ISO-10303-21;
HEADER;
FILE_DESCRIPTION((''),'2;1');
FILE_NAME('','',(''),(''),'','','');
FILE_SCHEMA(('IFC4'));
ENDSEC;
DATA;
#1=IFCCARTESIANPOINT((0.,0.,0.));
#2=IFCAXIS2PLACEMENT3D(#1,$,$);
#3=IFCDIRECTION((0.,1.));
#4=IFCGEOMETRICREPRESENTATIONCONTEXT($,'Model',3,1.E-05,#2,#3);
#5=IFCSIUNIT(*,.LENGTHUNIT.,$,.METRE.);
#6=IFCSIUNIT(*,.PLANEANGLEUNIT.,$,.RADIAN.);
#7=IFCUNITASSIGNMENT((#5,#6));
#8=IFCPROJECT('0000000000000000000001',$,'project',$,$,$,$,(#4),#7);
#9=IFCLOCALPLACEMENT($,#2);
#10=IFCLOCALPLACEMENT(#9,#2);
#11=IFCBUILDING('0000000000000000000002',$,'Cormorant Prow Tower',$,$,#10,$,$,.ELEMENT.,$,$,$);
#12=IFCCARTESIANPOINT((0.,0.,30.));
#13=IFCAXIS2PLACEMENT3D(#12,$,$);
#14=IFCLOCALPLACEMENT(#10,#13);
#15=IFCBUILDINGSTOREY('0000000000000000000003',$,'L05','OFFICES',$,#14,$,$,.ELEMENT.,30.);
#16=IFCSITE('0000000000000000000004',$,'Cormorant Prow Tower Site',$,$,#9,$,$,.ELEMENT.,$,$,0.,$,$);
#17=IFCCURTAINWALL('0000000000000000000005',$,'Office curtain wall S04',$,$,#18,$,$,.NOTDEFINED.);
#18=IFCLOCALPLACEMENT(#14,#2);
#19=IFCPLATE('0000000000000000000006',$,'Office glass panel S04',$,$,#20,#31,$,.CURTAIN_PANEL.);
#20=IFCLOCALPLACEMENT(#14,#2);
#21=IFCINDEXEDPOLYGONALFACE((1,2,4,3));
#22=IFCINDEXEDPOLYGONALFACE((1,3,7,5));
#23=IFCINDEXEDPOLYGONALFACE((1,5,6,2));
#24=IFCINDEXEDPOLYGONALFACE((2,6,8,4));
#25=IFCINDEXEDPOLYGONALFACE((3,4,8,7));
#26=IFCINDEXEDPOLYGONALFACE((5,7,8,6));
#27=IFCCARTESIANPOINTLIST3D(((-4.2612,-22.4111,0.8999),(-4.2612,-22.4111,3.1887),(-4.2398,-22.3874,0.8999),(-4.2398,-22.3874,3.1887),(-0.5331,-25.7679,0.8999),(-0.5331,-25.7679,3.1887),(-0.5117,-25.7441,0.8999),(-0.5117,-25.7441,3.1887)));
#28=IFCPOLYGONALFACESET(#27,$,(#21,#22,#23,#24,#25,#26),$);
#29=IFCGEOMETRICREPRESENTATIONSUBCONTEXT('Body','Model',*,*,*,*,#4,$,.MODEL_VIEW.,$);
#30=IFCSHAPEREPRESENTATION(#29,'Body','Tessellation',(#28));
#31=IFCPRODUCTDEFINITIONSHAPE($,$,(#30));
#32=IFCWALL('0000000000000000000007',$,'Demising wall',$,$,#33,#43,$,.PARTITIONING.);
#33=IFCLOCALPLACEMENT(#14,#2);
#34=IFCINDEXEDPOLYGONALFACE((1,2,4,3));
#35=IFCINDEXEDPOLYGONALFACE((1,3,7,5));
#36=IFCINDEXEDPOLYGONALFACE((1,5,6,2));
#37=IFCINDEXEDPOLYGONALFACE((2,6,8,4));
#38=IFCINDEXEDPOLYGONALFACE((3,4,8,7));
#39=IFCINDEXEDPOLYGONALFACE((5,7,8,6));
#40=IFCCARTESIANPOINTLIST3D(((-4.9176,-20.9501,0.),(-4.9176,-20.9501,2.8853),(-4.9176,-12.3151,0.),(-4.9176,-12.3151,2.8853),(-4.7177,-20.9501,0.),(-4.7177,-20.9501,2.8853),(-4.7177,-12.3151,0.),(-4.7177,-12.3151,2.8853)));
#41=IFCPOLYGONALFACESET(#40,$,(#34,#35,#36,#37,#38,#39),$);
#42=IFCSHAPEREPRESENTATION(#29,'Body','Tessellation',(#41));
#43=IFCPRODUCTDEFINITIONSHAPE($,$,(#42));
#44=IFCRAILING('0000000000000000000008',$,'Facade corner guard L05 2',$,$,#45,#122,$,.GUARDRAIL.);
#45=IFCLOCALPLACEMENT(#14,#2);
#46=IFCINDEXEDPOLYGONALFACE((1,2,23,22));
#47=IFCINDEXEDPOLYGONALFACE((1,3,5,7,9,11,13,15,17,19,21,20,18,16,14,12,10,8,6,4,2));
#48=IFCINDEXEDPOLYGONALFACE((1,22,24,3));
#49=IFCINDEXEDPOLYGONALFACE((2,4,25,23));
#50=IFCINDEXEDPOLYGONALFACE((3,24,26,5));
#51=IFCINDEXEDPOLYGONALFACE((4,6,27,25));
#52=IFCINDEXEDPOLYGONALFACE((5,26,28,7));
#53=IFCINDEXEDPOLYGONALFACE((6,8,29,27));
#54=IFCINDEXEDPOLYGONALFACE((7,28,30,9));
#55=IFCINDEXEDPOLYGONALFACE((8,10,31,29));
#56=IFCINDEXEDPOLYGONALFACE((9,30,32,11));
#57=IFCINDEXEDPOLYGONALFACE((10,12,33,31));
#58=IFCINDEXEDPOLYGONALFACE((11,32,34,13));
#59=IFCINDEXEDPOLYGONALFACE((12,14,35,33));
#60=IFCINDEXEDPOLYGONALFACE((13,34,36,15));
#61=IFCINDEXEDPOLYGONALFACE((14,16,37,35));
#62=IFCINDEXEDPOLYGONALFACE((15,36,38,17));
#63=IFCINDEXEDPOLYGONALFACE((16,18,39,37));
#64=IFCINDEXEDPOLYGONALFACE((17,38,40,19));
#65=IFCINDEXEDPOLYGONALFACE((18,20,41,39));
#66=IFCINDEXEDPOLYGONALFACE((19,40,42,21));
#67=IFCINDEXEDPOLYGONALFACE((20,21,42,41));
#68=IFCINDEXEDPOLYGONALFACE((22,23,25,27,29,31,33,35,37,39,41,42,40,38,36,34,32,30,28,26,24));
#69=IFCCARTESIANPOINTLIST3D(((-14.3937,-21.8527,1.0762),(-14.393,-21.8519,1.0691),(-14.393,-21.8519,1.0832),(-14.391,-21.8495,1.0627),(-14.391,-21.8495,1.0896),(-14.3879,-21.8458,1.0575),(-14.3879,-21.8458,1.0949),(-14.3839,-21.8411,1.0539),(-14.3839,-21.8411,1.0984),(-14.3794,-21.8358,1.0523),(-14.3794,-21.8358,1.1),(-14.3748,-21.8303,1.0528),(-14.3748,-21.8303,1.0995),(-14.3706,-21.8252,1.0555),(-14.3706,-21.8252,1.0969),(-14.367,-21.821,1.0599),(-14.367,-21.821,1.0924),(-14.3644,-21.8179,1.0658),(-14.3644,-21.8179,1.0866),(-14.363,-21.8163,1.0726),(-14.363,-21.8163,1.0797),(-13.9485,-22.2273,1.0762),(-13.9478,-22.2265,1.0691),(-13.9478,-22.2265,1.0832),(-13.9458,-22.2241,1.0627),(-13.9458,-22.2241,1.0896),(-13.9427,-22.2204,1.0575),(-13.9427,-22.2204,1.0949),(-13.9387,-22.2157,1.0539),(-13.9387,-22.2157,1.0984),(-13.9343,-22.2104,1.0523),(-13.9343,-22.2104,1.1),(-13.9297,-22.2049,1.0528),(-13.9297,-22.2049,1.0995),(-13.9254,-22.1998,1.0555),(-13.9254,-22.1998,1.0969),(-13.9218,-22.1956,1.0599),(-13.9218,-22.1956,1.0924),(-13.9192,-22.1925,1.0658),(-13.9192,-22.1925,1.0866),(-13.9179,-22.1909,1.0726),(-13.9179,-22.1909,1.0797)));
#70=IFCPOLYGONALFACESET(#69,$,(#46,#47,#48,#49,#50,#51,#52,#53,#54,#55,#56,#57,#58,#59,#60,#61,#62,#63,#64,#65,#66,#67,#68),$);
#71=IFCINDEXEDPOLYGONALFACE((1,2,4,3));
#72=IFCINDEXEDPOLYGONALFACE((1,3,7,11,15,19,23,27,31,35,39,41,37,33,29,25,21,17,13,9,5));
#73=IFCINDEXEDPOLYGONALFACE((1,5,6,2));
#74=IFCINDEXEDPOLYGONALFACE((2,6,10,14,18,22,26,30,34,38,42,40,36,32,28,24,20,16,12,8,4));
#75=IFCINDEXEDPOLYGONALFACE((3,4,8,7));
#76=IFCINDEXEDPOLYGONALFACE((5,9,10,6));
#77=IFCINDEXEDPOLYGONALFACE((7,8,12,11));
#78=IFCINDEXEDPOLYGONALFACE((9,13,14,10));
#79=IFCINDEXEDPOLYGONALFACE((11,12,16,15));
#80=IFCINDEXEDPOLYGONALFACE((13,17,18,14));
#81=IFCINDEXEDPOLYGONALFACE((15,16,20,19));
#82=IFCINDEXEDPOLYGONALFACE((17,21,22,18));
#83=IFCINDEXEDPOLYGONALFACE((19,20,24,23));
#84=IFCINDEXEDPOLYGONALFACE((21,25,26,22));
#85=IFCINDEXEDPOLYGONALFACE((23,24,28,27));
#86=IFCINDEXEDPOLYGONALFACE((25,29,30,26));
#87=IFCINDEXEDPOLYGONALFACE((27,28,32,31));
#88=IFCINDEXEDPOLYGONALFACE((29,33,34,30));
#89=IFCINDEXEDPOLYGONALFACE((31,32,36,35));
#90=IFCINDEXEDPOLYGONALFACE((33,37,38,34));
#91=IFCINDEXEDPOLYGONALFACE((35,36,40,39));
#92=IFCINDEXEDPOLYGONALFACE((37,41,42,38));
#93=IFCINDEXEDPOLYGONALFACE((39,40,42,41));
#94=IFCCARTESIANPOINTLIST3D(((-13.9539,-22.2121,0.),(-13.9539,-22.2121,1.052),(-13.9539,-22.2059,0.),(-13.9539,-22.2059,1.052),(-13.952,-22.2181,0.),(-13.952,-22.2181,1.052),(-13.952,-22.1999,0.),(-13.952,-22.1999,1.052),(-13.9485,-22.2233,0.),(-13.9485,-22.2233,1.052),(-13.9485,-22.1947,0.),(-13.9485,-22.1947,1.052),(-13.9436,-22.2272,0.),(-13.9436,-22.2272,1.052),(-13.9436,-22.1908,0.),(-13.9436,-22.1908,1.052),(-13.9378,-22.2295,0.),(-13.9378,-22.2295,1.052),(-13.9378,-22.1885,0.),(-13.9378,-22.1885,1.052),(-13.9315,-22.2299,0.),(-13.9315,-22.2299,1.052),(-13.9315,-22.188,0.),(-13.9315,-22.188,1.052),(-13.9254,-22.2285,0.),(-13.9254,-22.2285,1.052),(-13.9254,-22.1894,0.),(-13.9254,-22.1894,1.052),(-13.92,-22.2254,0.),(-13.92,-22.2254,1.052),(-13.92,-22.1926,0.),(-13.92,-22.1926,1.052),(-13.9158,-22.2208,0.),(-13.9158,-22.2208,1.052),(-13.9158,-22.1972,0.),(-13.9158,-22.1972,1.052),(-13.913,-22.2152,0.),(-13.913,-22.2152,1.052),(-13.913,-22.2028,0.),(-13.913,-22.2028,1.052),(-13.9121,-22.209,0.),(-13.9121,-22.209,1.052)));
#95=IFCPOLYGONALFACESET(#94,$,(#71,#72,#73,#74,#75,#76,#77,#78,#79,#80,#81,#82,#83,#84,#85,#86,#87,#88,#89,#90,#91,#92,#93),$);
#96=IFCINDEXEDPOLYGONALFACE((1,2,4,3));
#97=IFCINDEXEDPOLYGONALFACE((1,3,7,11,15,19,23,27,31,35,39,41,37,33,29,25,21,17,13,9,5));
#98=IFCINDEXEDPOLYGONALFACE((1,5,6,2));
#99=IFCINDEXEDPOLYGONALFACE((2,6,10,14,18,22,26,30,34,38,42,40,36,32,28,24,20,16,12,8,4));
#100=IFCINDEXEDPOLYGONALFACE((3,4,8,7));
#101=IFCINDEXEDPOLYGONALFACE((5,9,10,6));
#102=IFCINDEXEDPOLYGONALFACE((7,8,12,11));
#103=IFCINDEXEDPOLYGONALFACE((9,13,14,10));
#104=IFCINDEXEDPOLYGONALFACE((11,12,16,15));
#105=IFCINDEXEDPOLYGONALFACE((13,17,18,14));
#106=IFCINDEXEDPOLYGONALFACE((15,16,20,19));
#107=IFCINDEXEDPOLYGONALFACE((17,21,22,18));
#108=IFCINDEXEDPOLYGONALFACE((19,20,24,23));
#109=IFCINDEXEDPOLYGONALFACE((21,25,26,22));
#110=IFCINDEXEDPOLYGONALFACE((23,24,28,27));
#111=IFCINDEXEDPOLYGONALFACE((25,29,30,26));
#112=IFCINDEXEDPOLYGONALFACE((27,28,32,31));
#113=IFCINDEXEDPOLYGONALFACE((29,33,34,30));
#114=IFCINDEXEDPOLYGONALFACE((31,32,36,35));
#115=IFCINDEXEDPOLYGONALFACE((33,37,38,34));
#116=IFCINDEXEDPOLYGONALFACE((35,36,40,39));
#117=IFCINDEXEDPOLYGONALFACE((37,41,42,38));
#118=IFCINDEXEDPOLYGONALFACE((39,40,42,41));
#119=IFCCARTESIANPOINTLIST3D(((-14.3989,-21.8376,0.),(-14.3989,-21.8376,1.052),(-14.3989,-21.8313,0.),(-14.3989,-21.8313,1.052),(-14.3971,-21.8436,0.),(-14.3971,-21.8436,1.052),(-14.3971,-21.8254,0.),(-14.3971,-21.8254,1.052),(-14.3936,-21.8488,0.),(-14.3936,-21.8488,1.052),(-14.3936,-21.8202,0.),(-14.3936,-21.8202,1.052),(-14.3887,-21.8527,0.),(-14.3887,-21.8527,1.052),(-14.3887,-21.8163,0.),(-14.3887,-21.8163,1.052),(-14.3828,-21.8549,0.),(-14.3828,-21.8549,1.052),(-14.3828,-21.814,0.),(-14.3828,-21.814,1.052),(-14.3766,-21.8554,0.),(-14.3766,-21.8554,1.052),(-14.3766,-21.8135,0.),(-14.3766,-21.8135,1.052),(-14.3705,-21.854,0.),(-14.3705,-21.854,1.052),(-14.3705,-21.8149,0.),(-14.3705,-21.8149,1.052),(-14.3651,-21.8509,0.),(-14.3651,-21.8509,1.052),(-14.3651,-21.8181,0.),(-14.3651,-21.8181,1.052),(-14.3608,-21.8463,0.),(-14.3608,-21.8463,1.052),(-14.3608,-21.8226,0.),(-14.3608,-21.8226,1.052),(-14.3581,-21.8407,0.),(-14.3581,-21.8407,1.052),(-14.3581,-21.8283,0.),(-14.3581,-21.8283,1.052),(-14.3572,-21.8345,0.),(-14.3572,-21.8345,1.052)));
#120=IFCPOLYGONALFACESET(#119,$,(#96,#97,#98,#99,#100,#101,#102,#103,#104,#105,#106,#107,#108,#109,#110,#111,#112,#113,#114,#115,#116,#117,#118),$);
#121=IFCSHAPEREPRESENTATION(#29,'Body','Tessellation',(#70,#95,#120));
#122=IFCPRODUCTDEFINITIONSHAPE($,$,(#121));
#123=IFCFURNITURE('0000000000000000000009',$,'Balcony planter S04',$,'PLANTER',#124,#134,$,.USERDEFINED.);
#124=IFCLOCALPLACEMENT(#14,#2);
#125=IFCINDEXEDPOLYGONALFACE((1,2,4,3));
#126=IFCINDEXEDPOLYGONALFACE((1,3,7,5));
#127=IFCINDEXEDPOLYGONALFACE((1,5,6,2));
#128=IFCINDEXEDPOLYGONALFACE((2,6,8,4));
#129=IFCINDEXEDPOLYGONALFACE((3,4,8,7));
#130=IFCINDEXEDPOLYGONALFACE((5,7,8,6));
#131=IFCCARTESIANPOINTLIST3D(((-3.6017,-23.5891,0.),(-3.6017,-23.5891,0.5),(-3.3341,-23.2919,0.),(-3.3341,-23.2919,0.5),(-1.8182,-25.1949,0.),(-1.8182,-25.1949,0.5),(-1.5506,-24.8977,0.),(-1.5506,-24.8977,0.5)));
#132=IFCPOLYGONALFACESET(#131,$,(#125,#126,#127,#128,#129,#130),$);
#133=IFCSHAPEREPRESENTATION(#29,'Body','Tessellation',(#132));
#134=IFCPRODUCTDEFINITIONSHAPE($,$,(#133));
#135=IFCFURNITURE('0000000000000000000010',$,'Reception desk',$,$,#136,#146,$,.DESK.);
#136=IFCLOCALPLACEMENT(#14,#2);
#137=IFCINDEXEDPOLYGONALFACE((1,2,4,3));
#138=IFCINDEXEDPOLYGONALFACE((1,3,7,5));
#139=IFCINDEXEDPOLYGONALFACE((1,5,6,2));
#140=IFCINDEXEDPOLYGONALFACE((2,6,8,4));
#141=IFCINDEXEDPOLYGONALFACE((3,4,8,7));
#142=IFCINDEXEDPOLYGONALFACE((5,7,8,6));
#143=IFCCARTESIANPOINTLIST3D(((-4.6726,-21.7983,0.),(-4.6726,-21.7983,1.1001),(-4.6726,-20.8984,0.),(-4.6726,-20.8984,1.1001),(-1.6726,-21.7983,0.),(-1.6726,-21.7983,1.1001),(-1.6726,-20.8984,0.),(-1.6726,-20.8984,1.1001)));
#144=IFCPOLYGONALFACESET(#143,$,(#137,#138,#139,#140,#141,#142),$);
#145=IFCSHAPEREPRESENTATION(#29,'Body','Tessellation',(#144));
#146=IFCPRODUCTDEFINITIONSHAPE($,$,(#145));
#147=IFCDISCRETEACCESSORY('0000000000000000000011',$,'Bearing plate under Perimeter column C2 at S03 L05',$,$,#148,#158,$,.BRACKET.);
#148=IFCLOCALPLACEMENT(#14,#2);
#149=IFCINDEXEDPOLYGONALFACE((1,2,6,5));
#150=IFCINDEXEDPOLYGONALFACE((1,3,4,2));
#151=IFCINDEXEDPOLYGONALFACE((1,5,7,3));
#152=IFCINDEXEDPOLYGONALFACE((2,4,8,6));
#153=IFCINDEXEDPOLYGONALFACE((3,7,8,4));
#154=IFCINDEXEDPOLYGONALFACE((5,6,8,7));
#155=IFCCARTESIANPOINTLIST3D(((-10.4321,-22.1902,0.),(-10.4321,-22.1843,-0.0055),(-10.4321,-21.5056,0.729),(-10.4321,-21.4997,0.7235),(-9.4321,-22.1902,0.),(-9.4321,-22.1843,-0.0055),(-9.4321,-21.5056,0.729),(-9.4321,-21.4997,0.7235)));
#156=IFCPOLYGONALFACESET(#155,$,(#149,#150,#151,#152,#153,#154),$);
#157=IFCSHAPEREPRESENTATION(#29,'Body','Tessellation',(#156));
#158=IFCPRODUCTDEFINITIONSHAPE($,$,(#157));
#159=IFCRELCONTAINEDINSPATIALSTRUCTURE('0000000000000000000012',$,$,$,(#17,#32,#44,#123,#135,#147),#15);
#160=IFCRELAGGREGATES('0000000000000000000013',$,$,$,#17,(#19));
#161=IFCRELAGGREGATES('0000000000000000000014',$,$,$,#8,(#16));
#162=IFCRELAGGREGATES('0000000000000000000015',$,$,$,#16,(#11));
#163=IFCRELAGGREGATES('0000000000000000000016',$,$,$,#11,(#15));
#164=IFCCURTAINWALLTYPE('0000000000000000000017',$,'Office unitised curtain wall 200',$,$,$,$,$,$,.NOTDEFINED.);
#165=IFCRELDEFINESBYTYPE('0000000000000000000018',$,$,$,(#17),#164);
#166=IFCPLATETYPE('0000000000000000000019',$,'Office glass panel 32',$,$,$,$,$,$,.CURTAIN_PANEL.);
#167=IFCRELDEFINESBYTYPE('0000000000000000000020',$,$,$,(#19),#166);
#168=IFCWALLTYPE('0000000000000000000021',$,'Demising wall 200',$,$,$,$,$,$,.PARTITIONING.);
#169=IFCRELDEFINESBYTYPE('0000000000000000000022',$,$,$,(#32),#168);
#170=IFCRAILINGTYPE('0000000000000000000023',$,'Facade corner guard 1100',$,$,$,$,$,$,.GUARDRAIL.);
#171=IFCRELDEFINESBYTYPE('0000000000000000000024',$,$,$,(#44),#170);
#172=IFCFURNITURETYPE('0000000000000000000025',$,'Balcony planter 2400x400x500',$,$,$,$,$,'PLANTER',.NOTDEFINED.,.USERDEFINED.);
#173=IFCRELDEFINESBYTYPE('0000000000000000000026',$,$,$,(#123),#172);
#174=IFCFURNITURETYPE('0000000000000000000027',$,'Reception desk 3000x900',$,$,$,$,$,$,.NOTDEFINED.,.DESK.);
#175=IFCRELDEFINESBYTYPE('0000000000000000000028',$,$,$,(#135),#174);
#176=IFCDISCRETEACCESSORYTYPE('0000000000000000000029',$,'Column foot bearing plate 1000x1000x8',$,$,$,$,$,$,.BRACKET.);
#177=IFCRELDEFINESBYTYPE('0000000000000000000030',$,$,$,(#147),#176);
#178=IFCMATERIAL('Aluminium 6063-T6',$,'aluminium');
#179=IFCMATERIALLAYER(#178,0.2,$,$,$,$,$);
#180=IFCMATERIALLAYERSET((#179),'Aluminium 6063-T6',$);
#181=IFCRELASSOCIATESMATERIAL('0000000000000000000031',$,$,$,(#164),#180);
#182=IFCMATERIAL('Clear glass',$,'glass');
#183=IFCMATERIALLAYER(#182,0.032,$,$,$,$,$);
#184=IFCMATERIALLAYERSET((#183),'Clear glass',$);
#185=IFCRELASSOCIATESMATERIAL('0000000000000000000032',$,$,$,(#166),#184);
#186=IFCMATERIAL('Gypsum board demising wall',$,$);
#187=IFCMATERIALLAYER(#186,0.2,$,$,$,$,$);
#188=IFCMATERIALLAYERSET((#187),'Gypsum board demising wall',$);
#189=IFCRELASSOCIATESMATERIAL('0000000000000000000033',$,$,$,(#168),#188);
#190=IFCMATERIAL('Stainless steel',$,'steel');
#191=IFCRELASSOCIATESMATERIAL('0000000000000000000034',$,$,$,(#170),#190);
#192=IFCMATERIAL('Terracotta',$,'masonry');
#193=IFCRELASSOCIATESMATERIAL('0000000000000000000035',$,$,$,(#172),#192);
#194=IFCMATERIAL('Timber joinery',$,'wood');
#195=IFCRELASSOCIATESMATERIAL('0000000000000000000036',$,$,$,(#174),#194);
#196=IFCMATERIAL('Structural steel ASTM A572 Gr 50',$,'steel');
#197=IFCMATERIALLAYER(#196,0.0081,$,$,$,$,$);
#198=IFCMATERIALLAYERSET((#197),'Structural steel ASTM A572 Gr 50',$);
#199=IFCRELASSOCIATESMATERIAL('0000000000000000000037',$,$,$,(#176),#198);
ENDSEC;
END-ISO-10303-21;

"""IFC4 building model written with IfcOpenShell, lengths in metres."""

from ifc_helpers import new_model, si_unit, direction, frame, frame_2d, origin, origin_2d, place, context, subcontext, project, spatial, polyline, rectangle, circle, outline, extrude, material, layer, layer_set, type_object, element, aggregate, save


model = new_model("IFC4")

# Units and contexts
model_context = context("Model", 3, precision=1e-05, world=origin(), true_north=direction((0.0, 1.0)))
body_context = subcontext(model_context, "Body", "Model", "MODEL_VIEW")
ifc_project = project(units=[si_unit("LENGTHUNIT", "METRE"), si_unit("PLANEANGLEUNIT", "RADIAN")], contexts=[model_context])

# Site, building, storey
site_placement = place(None, origin())
site = spatial("IfcSite", under=ifc_project, at=site_placement, Name="Cormorant Prow Tower Site", CompositionType="ELEMENT", RefElevation=0.0)
building_placement = place(site_placement, origin())
building = spatial("IfcBuilding", under=site, at=building_placement, Name="Cormorant Prow Tower", CompositionType="ELEMENT")
storey_placement = place(building_placement, frame((0.0, 0.0, 30.0)))
storey = spatial("IfcBuildingStorey", under=building, at=storey_placement, Name="L05", Description="OFFICES", CompositionType="ELEMENT", Elevation=30.0)

# Curtain wall
ifc_material_1 = material(Name="Aluminium 6063-T6", Category="aluminium")
ifc_layer_1 = layer(ifc_material_1, 0.2)
ifc_layer_set_1 = layer_set([ifc_layer_1], Name="Aluminium 6063-T6")
curtain_wall_type = type_object("IfcCurtainWallType", Name="Office unitised curtain wall 200", PredefinedType="NOTDEFINED", material=ifc_layer_set_1)
curtain_wall_1_placement = place(storey_placement, origin())
curtain_wall_1 = element("IfcCurtainWall", 1, at=curtain_wall_1_placement, inside=storey, type_object=curtain_wall_type, Name="Office curtain wall S04", PredefinedType="NOTDEFINED")

# Plate
ifc_material_2 = material(Name="Clear glass", Category="glass")
ifc_layer_2 = layer(ifc_material_2, 0.032)
ifc_layer_set_2 = layer_set([ifc_layer_2], Name="Clear glass")
plate_type = type_object("IfcPlateType", Name="Office glass panel 32", PredefinedType="CURTAIN_PANEL", material=ifc_layer_set_2)
plate_1_placement = place(storey_placement, frame((-2.3865, -24.0776, 0.8999), z_axis=(0.0, 0.0, 1.0), x_axis=(0.743145, -0.669131, 0.0)))
plate_1 = element("IfcPlate", 2, at=plate_1_placement, type_object=plate_type, Name="Office glass panel S04", PredefinedType="CURTAIN_PANEL", context=body_context, shape_type="SweptSolid", body=[
    extrude(rectangle(XDim=5.0166, YDim=0.032, at=origin_2d()), origin(), (0.0, 0.0, 1.0), 2.2888),
])
aggregate(curtain_wall_1, [plate_1])

# Wall
ifc_material_3 = material(Name="Gypsum board demising wall")
ifc_layer_3 = layer(ifc_material_3, 0.2)
ifc_layer_set_3 = layer_set([ifc_layer_3], Name="Gypsum board demising wall")
wall_type_1 = type_object("IfcWallType", Name="Demising wall 200", PredefinedType="PARTITIONING", material=ifc_layer_set_3)
wall_1_placement = place(storey_placement, frame((-4.8176, -20.95, 0.0), z_axis=(0.0, 0.0, 1.0), x_axis=(0.0, 1.0, 0.0)))
element("IfcWall", 3, at=wall_1_placement, inside=storey, type_object=wall_type_1, Name="Demising wall", PredefinedType="PARTITIONING", context=body_context, shape_type="SweptSolid", body=[
    extrude(rectangle(XDim=8.635, YDim=0.2, at=frame_2d((4.3174, 0.0))), origin(), (0.0, 0.0, 1.0), 2.8853),
])

# Railing
ifc_material_4 = material(Name="Stainless steel", Category="steel")
railing_type = type_object("IfcRailingType", Name="Facade corner guard 1100", PredefinedType="GUARDRAIL", material=ifc_material_4)
railing_placement = place(storey_placement, frame((-13.9331, -22.209, 0.0)))
element("IfcRailing", 4, at=railing_placement, inside=storey, type_object=railing_type, Name="Facade corner guard L05 2", PredefinedType="GUARDRAIL", context=body_context, shape_type="SweptSolid", body=[
    extrude(circle(Radius=0.0239, at=origin_2d()), frame((0.0, 0.0, 1.0762), z_axis=(-0.765151, 0.643851, 0.0), x_axis=(-0.643851, -0.765151, 0.0)), (0.0, 0.0, 1.0), 0.5818),
    extrude(circle(Radius=0.021, at=origin_2d()), origin(), (0.0, 0.0, 1.0), 1.052),
    extrude(circle(Radius=0.021, at=origin_2d()), frame((-0.4451, 0.3745, 0.0)), (0.0, 0.0, 1.0), 1.052),
])

# Furniture
ifc_material_5 = material(Name="Terracotta", Category="masonry")
furniture_type_1 = type_object("IfcFurnitureType", Name="Balcony planter 2400x400x500", ElementType="PLANTER", AssemblyPlace="NOTDEFINED", PredefinedType="USERDEFINED", material=ifc_material_5)
furniture_1_placement = place(storey_placement, frame((-2.5762, -24.2434, 0.0), z_axis=(0.0, 0.0, 1.0), x_axis=(0.743145, -0.669131, 0.0)))
element("IfcFurniture", 5, at=furniture_1_placement, inside=storey, type_object=furniture_type_1, Name="Balcony planter S04", ObjectType="PLANTER", PredefinedType="USERDEFINED", context=body_context, shape_type="SweptSolid", body=[
    extrude(rectangle(XDim=2.3999, YDim=0.3999, at=origin_2d()), origin(), (0.0, 0.0, 1.0), 0.5),
])
ifc_material_6 = material(Name="Timber joinery", Category="wood")
furniture_type_2 = type_object("IfcFurnitureType", Name="Reception desk 3000x900", AssemblyPlace="NOTDEFINED", PredefinedType="DESK", material=ifc_material_6)
furniture_2_placement = place(storey_placement, frame((-3.1726, -21.3484, 0.0), z_axis=(0.0, 0.0, 1.0), x_axis=(1.0, 0.0, 0.0)))
element("IfcFurniture", 6, at=furniture_2_placement, inside=storey, type_object=furniture_type_2, Name="Reception desk", PredefinedType="DESK", context=body_context, shape_type="SweptSolid", body=[
    extrude(rectangle(XDim=3.0, YDim=0.8999, at=origin_2d()), origin(), (0.0, 0.0, 1.0), 1.1001),
])

# Discrete accessory
ifc_material_7 = material(Name="Structural steel ASTM A572 Gr 50", Category="steel")
ifc_layer_4 = layer(ifc_material_7, 0.0081)
ifc_layer_set_4 = layer_set([ifc_layer_4], Name="Structural steel ASTM A572 Gr 50")
discrete_accessory_type = type_object("IfcDiscreteAccessoryType", Name="Column foot bearing plate 1000x1000x8", PredefinedType="BRACKET", material=ifc_layer_set_4)
discrete_accessory_placement = place(storey_placement, frame((-9.4321, -21.5056, 0.729), z_axis=(0.0, -0.728974, 0.684542), x_axis=(-1.0, 0.0, 0.0)))
element("IfcDiscreteAccessory", 7, at=discrete_accessory_placement, inside=storey, type_object=discrete_accessory_type, Name="Bearing plate under Perimeter column C2 at S03 L05", PredefinedType="BRACKET", context=body_context, shape_type="SweptSolid", body=[
    extrude(outline(polyline([(0.0, 0.0), (1.0, 0.0), (1.0, 1.0), (0.0, 1.0), (0.0, 0.0)])), origin(), (0.0, 0.0, -1.0), 0.0081),
])

save(model, "model.ifc")
